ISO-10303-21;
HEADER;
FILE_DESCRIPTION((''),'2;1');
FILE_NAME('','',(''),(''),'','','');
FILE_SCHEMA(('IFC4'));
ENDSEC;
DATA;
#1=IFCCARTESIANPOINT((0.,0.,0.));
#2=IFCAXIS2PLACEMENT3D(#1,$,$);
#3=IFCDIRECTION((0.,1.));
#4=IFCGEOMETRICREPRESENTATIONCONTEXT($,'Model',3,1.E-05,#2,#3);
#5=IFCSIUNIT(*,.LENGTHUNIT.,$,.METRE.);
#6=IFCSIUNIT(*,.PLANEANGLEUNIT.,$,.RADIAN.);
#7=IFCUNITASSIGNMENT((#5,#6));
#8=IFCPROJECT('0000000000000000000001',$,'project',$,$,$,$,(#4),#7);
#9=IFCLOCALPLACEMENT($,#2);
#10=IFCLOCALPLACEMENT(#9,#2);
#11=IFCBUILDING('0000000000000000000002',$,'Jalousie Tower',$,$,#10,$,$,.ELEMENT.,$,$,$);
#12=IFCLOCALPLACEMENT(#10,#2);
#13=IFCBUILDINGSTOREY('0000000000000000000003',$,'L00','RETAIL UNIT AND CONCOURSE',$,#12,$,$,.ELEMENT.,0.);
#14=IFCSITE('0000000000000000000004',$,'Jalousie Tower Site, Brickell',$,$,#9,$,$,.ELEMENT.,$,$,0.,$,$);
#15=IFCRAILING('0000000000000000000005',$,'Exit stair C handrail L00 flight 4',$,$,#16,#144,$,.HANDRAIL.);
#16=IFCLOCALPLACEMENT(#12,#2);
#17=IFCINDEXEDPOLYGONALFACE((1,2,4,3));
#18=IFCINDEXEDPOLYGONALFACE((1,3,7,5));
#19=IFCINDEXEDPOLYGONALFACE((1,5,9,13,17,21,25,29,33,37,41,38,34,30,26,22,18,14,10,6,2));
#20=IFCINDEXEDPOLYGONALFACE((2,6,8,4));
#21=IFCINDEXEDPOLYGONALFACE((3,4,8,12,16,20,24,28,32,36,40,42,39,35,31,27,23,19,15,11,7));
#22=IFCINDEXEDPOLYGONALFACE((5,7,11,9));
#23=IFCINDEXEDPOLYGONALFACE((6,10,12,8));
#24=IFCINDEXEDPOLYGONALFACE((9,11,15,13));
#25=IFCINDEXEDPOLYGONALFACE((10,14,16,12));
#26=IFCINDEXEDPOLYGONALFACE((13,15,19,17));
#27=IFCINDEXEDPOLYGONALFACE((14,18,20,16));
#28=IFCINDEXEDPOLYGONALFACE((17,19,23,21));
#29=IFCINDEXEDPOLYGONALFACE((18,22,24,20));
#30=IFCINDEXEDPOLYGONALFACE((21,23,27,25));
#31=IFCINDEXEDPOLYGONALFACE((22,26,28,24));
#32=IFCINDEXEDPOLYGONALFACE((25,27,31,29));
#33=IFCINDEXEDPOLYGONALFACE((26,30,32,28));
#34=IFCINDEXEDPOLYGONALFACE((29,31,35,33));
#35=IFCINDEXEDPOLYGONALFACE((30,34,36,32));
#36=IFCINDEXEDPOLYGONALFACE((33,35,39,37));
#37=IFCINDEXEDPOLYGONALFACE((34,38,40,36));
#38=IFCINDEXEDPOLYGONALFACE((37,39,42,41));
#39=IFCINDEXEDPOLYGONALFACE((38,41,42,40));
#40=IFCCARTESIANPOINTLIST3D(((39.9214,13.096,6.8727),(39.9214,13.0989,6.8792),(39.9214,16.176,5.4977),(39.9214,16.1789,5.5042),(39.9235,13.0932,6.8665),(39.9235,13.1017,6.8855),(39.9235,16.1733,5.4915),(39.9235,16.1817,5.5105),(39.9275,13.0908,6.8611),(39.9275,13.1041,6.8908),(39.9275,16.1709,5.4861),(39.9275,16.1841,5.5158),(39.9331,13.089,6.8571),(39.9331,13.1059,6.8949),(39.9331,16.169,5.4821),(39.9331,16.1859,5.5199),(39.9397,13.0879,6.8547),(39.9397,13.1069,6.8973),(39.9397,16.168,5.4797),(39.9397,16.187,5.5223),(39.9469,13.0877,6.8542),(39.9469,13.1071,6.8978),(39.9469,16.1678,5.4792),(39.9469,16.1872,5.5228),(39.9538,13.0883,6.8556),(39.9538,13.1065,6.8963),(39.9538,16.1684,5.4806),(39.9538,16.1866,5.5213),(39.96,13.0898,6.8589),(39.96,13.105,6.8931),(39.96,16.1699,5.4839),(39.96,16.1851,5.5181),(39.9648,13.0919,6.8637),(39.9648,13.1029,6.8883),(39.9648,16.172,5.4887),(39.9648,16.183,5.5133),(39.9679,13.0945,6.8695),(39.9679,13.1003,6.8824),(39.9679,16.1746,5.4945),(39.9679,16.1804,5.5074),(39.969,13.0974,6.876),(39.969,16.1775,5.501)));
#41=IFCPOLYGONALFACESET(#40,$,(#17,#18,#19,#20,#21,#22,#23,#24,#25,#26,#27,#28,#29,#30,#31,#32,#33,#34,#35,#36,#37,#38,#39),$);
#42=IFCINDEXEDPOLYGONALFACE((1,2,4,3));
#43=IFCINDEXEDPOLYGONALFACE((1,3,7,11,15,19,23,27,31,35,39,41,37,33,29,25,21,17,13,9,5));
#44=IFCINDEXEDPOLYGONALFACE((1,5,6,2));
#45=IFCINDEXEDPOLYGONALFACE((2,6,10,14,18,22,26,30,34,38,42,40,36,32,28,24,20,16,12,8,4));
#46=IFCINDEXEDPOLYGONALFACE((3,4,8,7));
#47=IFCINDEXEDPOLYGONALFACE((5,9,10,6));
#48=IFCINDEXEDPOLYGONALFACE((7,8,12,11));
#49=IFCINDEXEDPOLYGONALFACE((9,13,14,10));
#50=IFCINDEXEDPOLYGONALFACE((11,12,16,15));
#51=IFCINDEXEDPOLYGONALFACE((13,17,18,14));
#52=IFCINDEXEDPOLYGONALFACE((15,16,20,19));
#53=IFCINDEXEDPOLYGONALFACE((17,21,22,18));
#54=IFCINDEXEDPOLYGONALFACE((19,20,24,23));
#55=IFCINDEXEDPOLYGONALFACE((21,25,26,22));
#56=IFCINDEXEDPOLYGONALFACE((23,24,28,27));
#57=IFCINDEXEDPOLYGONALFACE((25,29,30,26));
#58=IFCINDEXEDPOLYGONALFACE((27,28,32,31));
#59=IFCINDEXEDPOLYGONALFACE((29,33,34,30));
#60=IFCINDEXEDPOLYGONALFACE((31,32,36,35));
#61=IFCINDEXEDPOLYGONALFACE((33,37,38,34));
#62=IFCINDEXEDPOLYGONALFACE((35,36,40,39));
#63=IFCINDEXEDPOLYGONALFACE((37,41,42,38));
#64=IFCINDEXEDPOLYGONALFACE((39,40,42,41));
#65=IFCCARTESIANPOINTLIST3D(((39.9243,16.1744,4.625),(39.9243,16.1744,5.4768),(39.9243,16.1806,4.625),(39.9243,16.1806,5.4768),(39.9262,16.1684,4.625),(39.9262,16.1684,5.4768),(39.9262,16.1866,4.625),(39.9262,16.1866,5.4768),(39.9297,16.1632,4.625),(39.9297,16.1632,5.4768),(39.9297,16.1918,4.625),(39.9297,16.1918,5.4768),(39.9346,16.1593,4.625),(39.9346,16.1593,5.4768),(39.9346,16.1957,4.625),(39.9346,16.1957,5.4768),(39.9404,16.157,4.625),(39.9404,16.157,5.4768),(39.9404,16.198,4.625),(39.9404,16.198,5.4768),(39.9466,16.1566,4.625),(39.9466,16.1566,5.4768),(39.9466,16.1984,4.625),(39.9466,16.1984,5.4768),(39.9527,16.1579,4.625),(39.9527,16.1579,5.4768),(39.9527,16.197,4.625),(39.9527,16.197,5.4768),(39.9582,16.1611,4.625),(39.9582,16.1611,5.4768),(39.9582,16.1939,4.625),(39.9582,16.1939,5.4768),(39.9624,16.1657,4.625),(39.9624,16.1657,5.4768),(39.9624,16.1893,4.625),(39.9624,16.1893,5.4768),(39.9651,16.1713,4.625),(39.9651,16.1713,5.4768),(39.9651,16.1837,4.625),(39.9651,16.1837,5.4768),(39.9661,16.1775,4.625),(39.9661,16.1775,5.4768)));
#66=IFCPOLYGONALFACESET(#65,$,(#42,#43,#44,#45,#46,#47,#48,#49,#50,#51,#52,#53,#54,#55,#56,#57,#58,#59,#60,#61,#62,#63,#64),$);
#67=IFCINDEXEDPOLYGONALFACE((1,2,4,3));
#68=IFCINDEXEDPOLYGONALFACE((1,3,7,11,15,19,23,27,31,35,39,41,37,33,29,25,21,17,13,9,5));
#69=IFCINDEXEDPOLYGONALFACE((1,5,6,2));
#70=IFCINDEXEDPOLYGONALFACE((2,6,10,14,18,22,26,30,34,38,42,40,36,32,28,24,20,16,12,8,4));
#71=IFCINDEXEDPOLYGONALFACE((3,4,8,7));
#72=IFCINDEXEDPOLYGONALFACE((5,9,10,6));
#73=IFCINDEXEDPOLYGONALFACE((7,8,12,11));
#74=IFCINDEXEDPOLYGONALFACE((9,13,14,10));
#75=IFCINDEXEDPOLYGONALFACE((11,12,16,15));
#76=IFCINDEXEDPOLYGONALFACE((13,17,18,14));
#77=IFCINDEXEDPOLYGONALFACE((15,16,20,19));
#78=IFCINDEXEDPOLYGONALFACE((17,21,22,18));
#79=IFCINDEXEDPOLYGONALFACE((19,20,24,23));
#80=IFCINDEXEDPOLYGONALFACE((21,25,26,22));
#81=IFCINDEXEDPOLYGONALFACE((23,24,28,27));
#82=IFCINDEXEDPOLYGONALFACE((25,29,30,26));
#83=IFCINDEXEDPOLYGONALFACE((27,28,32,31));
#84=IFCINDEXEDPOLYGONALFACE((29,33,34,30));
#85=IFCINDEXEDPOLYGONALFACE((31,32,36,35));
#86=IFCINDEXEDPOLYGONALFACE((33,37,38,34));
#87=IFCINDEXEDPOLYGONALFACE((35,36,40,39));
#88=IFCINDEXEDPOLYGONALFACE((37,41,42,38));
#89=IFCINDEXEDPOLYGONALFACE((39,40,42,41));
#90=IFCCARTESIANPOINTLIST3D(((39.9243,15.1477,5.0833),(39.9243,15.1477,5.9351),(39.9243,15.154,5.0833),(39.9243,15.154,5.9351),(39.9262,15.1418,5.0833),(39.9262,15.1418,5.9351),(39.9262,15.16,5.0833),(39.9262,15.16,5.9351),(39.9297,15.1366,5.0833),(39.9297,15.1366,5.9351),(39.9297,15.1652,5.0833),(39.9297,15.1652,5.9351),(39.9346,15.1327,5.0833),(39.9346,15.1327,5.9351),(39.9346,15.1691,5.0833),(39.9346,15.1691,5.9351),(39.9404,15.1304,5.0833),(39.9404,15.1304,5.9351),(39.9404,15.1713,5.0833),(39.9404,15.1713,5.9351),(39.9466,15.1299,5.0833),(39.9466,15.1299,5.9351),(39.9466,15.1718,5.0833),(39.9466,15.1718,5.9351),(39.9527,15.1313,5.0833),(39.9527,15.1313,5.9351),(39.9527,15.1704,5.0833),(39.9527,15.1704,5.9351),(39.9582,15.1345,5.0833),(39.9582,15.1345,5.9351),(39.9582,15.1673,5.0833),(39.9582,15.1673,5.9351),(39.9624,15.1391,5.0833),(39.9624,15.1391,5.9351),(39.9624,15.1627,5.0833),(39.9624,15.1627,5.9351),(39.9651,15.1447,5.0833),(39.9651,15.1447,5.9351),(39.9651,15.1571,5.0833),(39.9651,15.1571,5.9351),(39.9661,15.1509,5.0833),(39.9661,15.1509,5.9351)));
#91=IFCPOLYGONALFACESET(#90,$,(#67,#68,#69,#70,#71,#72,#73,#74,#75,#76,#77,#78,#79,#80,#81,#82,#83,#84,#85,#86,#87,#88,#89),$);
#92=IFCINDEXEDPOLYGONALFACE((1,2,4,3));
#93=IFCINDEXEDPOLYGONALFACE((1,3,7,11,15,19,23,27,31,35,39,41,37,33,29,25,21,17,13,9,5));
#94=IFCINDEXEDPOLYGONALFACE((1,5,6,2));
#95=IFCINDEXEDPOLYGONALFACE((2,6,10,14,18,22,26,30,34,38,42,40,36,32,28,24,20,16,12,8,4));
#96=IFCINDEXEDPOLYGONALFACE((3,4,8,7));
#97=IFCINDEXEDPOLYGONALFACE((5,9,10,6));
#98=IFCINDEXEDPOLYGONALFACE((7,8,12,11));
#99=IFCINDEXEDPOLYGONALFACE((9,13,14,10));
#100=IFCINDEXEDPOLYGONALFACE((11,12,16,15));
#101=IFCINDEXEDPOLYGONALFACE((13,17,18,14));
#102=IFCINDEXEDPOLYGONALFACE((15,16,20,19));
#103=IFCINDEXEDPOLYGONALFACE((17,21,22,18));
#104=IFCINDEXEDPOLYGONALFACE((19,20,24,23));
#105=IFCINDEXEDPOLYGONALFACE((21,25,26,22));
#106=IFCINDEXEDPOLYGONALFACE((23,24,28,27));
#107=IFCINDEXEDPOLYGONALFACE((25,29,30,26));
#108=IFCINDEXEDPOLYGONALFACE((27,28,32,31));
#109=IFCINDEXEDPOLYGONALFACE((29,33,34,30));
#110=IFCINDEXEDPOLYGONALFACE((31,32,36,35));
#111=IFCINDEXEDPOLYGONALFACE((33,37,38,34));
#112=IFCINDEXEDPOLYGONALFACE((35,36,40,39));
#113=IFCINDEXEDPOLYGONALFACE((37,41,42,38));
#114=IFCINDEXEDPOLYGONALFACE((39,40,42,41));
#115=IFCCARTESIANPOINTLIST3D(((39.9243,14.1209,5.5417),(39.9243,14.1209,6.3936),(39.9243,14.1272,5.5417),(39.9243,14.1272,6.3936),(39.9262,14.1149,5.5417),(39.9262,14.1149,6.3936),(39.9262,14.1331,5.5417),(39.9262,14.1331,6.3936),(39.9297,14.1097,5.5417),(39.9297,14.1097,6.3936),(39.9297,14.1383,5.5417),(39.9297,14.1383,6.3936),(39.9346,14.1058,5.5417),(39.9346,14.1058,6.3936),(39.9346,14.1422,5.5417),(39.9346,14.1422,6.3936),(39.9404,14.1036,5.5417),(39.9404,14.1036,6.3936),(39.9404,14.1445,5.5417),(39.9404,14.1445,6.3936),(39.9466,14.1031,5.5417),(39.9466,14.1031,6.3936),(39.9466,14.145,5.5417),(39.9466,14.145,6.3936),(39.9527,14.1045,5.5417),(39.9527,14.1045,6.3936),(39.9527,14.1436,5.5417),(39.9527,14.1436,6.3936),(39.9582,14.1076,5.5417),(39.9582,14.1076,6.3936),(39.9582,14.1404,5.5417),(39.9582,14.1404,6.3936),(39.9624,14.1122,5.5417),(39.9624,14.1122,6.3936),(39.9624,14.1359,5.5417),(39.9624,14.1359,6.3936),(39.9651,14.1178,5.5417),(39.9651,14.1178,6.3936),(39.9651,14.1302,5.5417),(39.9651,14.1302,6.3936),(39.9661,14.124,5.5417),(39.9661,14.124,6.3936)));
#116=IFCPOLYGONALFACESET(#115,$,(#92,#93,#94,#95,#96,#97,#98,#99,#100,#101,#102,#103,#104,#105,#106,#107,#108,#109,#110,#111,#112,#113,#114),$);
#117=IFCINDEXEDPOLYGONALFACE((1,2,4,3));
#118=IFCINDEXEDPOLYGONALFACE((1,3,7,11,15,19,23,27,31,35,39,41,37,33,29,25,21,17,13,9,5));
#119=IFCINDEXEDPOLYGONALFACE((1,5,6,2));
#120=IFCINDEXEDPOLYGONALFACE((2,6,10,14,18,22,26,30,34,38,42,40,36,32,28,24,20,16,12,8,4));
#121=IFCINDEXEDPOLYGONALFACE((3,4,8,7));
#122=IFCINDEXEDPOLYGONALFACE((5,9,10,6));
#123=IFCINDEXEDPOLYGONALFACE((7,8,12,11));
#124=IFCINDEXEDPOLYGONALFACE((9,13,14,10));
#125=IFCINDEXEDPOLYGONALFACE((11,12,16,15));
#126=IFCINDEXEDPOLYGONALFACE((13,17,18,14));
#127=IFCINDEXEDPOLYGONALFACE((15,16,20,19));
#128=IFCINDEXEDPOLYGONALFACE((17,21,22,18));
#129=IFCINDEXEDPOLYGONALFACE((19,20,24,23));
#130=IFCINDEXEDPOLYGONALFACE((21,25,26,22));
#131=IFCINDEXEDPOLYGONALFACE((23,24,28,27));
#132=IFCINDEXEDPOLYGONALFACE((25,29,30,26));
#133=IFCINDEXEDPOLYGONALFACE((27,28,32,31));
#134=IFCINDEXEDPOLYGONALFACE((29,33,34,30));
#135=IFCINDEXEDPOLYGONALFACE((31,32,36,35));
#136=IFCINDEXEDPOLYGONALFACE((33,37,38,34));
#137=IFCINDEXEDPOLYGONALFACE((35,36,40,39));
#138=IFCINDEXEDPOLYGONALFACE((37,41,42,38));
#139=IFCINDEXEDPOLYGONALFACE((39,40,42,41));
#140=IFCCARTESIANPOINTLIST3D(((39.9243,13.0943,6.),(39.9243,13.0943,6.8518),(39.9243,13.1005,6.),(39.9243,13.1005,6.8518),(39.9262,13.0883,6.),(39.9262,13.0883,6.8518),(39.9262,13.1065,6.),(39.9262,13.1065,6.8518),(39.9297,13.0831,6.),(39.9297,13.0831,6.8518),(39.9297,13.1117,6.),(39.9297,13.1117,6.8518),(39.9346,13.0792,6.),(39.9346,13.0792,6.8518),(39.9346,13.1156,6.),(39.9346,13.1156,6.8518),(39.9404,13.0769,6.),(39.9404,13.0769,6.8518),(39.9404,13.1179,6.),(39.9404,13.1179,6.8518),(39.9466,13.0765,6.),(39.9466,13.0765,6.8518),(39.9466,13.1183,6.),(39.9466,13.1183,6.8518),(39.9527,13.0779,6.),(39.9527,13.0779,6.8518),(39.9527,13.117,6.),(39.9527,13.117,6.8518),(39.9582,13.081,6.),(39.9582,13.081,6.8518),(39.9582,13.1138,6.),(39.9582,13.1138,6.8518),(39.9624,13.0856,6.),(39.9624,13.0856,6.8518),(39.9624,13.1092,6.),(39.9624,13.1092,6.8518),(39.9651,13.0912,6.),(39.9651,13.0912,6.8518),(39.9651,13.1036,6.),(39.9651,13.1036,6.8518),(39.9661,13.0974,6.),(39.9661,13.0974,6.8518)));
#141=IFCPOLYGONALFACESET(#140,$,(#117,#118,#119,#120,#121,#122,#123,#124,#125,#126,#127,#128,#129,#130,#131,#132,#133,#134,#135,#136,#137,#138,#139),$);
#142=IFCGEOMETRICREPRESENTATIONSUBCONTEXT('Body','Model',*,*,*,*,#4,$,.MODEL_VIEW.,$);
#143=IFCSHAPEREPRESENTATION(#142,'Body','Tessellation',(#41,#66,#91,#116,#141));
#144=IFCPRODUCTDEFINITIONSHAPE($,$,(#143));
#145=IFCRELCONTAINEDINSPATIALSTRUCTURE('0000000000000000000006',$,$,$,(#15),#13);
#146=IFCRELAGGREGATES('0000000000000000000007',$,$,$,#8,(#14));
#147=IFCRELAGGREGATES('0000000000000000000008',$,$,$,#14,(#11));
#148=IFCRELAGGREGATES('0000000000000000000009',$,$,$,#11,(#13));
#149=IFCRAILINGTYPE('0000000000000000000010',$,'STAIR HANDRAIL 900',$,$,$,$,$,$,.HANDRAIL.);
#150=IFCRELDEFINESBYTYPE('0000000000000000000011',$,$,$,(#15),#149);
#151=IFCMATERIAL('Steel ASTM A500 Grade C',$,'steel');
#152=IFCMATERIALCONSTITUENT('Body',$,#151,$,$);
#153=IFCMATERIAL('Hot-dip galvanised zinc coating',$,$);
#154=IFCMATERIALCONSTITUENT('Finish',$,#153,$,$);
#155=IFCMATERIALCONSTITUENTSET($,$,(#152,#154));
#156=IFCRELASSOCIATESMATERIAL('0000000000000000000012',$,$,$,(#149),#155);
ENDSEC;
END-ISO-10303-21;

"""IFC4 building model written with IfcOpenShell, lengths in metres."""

from ifc_helpers import new_model, si_unit, direction, frame, origin, origin_2d, place, context, subcontext, project, spatial, circle, extrude, material, constituent, constituent_set, type_object, element, save


model = new_model("IFC4")

# Units and contexts
model_context = context("Model", 3, precision=1e-05, world=origin(), true_north=direction((0.0, 1.0)))
body_context = subcontext(model_context, "Body", "Model", "MODEL_VIEW")
ifc_project = project(units=[si_unit("LENGTHUNIT", "METRE"), si_unit("PLANEANGLEUNIT", "RADIAN")], contexts=[model_context])

# Site, building, storey
site_placement = place(None, origin())
site = spatial("IfcSite", under=ifc_project, at=site_placement, Name="Jalousie Tower Site, Brickell", CompositionType="ELEMENT", RefElevation=0.0)
building_placement = place(site_placement, origin())
building = spatial("IfcBuilding", under=site, at=building_placement, Name="Jalousie Tower", CompositionType="ELEMENT")
storey_placement = place(building_placement, origin())
storey = spatial("IfcBuildingStorey", under=building, at=storey_placement, Name="L00", Description="RETAIL UNIT AND CONCOURSE", CompositionType="ELEMENT", Elevation=0.0)

# Railing
ifc_material_1 = material(Name="Steel ASTM A500 Grade C", Category="steel")
ifc_constituent_1 = constituent(ifc_material_1, Name="Body")
ifc_material_2 = material(Name="Hot-dip galvanised zinc coating")
ifc_constituent_2 = constituent(ifc_material_2, Name="Finish")
ifc_constituent_set_1 = constituent_set(constituents=[ifc_constituent_1, ifc_constituent_2])
railing_type_1 = type_object("IfcRailingType", Name="STAIR HANDRAIL 900", PredefinedType="HANDRAIL", material=ifc_constituent_set_1)
railing_1_placement = place(storey_placement, frame((39.9451, 16.1775, 4.625)))
element("IfcRailing", 1, at=railing_1_placement, inside=storey, type_object=railing_type_1, Name="Exit stair C handrail L00 flight 4", PredefinedType="HANDRAIL", context=body_context, shape_type="SweptSolid", body=[
    extrude(circle(Radius=0.0239, at=origin_2d()), frame((0.0, 0.0, 0.876), z_axis=(0.0, -0.913142, 0.407642), x_axis=(1.0, 0.0, 0.0)), (0.0, 0.0, 1.0), 3.373),
    extrude(circle(Radius=0.021, at=origin_2d()), origin(), (0.0, 0.0, 1.0), 0.8518),
    extrude(circle(Radius=0.021, at=origin_2d()), frame((0.0, -1.0266, 0.4583)), (0.0, 0.0, 1.0), 0.8518),
    extrude(circle(Radius=0.021, at=origin_2d()), frame((0.0, -2.0535, 0.9167)), (0.0, 0.0, 1.0), 0.8518),
    extrude(circle(Radius=0.021, at=origin_2d()), frame((0.0, -3.0801, 1.375)), (0.0, 0.0, 1.0), 0.8518),
])

save(model, "model.ifc")
